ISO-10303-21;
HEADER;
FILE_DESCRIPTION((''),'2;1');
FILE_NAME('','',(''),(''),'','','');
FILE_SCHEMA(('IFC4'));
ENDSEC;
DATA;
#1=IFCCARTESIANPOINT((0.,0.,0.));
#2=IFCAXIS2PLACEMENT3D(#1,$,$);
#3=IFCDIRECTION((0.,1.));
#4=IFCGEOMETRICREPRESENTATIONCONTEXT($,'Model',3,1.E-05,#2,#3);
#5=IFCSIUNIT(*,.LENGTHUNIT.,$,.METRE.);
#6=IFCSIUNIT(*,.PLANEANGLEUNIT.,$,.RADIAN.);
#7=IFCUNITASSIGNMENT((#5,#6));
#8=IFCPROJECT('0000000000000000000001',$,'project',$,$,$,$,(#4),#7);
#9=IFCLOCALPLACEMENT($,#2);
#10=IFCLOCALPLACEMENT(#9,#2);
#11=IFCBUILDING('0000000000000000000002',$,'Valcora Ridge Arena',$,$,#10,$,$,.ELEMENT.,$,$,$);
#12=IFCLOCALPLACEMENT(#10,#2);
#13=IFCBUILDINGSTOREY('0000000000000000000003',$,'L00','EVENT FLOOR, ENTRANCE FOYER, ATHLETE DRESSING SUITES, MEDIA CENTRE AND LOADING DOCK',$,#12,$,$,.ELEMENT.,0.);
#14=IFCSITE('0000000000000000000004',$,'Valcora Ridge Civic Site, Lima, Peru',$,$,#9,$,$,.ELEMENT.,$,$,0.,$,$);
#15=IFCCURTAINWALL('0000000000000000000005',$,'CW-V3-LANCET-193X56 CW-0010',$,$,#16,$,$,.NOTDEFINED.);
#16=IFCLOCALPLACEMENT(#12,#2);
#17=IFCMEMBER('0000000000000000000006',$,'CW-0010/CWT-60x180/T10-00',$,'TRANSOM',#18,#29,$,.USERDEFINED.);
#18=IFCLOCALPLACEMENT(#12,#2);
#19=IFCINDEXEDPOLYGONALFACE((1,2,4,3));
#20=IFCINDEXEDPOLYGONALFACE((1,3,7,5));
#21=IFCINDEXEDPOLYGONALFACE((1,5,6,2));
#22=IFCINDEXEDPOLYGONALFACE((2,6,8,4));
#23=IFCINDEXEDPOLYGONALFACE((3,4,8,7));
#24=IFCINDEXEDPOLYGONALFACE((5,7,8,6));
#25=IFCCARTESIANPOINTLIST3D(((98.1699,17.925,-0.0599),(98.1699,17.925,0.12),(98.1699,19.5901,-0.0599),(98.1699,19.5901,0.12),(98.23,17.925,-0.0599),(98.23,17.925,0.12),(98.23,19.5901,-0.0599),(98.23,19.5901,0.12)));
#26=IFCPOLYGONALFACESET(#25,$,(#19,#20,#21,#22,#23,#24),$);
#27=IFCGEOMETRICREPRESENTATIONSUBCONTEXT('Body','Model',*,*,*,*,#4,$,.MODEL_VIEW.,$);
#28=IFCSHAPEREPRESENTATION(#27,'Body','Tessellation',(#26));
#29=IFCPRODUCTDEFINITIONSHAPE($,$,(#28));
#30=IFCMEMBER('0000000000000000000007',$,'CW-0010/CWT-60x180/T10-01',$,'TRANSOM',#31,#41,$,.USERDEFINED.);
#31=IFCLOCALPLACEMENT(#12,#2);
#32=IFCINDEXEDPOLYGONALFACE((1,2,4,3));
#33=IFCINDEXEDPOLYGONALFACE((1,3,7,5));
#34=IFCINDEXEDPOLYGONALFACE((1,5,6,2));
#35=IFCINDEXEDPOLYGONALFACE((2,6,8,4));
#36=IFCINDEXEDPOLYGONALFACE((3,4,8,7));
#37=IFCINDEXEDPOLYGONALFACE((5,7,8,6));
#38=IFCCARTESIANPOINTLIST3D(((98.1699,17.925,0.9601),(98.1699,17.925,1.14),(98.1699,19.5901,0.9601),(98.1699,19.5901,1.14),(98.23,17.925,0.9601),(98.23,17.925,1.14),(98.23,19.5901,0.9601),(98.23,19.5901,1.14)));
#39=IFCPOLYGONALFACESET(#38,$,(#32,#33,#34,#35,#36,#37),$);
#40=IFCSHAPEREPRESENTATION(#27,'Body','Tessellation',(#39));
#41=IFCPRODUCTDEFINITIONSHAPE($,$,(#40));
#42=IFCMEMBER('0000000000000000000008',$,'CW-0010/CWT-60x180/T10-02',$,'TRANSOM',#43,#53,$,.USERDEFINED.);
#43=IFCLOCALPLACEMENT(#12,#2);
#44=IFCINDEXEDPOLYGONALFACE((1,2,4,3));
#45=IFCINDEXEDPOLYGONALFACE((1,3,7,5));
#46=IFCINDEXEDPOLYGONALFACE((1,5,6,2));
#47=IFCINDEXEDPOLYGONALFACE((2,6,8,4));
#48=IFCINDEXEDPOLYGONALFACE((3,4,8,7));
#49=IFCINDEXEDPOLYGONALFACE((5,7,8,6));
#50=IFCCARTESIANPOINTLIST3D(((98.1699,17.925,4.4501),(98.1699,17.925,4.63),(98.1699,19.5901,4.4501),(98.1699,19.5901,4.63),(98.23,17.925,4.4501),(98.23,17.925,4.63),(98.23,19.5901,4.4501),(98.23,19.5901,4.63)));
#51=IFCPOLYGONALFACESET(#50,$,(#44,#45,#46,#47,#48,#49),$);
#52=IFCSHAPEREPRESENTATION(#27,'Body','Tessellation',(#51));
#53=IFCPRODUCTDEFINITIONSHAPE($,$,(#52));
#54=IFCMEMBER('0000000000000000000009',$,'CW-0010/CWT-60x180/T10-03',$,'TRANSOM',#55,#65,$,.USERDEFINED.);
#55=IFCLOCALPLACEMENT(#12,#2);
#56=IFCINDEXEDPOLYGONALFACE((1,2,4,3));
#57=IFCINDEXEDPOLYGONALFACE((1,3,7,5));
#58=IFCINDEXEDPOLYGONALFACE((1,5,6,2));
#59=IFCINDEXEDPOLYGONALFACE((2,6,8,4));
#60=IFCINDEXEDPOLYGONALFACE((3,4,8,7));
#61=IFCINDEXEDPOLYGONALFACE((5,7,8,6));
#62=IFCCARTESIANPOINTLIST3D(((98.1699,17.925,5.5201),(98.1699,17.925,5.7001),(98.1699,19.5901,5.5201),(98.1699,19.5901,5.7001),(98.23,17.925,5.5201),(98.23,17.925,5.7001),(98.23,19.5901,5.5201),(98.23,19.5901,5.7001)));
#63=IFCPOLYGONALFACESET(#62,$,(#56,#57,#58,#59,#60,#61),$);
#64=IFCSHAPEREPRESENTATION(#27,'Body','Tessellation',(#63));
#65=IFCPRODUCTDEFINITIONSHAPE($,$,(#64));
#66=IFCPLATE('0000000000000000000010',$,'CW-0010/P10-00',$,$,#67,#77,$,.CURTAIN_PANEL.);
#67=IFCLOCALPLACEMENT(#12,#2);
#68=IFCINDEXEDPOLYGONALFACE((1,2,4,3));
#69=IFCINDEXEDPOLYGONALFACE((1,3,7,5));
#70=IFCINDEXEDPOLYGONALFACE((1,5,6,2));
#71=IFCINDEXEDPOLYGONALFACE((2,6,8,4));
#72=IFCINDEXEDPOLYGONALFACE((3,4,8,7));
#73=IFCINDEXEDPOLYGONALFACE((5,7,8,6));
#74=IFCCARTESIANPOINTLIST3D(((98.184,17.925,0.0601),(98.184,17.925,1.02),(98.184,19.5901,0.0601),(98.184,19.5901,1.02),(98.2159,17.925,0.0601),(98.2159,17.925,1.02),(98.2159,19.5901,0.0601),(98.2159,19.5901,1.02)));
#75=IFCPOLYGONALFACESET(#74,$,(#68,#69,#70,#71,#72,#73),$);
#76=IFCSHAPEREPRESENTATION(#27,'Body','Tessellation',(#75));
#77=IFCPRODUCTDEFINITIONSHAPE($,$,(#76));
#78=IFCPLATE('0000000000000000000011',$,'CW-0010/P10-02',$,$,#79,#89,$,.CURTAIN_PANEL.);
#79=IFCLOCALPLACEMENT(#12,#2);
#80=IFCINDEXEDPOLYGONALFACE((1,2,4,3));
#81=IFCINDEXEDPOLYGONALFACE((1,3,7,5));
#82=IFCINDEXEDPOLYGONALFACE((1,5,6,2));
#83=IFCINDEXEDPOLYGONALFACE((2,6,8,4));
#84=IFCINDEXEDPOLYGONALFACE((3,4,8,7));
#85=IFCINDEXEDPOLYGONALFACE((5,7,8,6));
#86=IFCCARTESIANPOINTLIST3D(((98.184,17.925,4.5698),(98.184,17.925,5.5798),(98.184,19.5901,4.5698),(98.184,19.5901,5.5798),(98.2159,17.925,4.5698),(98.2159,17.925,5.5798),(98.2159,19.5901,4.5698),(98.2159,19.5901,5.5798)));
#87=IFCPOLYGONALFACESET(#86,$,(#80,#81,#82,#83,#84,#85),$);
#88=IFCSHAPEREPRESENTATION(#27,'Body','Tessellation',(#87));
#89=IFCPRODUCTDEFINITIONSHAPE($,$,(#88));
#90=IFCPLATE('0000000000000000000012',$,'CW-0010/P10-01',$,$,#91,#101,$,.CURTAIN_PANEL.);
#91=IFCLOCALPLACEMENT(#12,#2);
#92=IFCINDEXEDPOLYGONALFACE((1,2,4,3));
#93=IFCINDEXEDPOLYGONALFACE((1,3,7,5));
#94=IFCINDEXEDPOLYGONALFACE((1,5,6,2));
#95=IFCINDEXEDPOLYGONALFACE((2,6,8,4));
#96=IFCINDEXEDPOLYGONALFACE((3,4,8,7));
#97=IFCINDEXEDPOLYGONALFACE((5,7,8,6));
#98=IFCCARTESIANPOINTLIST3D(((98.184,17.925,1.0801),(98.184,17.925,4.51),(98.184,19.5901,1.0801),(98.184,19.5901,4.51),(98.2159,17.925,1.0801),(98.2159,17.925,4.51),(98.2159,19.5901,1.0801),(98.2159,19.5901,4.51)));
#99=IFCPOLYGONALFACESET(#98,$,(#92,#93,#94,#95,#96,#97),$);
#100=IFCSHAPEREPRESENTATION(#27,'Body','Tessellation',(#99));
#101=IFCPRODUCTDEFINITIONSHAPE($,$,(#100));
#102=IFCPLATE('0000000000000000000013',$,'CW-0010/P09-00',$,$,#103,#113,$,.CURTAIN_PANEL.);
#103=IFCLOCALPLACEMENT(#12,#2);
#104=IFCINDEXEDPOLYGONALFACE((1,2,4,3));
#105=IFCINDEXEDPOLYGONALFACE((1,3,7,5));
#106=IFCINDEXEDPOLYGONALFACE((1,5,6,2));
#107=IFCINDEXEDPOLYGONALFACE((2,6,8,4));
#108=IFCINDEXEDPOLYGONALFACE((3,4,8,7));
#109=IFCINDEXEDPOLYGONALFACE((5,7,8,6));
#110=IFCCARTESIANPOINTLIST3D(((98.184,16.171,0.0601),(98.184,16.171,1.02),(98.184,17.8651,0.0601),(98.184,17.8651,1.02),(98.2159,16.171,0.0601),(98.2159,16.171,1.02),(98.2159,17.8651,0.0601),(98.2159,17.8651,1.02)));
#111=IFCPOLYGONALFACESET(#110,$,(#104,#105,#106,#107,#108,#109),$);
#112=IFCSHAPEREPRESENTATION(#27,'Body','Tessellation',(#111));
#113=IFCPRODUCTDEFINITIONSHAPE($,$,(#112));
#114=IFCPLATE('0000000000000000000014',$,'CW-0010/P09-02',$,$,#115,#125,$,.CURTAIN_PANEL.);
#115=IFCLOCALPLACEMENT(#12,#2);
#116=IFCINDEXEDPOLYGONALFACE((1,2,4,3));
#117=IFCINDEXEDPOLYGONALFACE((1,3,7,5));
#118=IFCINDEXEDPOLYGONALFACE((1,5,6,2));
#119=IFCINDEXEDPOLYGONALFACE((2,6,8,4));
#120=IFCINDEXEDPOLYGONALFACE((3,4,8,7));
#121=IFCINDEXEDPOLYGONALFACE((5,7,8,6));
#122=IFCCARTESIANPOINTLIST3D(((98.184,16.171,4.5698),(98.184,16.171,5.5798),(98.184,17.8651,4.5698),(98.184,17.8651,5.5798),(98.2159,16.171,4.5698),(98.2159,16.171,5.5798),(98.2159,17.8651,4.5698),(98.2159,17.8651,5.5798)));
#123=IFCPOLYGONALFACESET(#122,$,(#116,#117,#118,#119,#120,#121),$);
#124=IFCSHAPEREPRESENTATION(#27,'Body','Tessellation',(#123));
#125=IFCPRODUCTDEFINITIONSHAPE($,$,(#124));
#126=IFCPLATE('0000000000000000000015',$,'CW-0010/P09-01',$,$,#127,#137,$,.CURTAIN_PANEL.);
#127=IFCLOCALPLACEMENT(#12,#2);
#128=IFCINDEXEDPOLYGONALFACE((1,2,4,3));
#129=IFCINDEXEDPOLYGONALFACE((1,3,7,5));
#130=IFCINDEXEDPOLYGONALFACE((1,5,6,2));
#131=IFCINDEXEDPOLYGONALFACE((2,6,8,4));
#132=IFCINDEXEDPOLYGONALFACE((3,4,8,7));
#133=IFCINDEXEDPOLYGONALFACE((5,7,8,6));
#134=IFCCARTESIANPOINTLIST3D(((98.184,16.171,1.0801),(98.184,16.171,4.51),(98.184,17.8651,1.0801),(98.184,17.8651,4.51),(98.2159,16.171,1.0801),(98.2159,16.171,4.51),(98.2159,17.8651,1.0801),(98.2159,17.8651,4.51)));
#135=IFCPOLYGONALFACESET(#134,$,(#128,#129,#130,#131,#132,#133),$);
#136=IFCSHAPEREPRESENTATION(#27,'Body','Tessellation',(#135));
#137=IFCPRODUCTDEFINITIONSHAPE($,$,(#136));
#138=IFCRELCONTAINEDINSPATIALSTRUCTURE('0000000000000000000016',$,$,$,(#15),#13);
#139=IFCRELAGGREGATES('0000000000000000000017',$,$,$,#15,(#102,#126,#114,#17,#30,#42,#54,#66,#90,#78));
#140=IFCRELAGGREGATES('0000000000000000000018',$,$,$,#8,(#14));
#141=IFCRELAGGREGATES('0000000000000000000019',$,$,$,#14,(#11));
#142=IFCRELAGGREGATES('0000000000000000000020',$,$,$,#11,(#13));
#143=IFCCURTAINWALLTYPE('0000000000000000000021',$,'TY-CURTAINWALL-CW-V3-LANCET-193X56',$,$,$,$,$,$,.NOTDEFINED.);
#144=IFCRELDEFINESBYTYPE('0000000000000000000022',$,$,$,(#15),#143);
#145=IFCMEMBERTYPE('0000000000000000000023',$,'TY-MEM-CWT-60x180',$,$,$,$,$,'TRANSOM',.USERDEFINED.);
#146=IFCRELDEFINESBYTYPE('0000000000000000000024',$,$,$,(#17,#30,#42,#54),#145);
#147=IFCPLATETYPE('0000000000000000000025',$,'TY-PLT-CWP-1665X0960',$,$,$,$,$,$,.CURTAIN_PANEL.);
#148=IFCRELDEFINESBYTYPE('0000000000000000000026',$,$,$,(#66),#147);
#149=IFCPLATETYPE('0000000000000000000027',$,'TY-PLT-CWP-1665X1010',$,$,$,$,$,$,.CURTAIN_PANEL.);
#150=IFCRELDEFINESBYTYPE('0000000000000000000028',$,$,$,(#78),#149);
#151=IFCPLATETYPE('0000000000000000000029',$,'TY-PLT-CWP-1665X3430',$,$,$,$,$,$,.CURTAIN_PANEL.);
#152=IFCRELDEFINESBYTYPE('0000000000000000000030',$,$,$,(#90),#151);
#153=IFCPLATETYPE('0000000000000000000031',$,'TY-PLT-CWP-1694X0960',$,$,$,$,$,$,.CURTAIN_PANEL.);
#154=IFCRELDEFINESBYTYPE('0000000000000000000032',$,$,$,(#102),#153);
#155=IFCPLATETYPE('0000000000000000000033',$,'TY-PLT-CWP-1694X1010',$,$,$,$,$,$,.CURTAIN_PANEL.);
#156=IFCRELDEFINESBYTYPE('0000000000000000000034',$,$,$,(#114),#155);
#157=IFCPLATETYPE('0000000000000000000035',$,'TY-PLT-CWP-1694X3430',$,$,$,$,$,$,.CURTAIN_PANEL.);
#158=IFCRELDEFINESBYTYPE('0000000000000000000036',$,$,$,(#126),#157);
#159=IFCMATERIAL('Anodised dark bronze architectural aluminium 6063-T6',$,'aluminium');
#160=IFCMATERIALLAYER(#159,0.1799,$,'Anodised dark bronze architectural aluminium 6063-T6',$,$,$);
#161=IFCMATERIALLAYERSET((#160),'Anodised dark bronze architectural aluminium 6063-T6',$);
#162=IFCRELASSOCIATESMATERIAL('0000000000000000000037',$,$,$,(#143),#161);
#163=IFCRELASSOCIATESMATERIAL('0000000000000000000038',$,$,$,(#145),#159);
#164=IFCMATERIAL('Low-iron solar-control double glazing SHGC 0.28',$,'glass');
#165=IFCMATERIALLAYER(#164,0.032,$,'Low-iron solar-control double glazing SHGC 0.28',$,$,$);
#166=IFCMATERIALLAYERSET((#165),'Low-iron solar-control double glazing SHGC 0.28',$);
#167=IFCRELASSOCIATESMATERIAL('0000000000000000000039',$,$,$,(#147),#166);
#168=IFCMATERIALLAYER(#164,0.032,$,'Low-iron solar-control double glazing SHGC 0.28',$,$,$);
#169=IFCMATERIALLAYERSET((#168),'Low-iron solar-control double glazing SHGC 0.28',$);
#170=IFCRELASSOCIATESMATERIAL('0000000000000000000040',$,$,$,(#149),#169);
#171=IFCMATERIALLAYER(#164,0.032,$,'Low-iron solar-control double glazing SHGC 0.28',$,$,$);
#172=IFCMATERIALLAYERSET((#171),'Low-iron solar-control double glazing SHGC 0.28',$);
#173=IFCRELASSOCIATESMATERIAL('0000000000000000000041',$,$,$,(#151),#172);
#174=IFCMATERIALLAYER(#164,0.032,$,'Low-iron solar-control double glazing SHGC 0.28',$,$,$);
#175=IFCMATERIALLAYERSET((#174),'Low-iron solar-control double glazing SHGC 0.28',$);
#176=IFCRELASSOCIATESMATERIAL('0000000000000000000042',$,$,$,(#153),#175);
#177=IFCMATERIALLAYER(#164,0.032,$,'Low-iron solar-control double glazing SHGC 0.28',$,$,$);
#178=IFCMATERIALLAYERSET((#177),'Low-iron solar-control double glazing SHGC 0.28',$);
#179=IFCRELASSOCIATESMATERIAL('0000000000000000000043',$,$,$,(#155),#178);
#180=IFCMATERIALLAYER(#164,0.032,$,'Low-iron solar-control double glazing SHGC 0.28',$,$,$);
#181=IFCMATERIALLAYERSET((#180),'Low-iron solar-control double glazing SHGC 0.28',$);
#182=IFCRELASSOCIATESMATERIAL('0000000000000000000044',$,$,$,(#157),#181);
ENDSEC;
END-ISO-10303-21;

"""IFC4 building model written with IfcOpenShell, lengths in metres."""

from ifc_helpers import new_model, si_unit, direction, frame, origin, origin_2d, place, context, subcontext, project, spatial, rectangle, extrude, material, layer, layer_set, material_profile, profile_set, type_object, element, aggregate, save


model = new_model("IFC4")

# Units and contexts
model_context = context("Model", 3, precision=1e-05, world=origin(), true_north=direction((0.0, 1.0)))
body_context = subcontext(model_context, "Body", "Model", "MODEL_VIEW")
ifc_project = project(units=[si_unit("LENGTHUNIT", "METRE"), si_unit("PLANEANGLEUNIT", "RADIAN")], contexts=[model_context])

# Site, building, storey
site_placement = place(None, origin())
site = spatial("IfcSite", under=ifc_project, at=site_placement, Name="Valcora Ridge Civic Site, Lima, Peru", CompositionType="ELEMENT", RefElevation=0.0)
building_placement = place(site_placement, origin())
building = spatial("IfcBuilding", under=site, at=building_placement, Name="Valcora Ridge Arena", CompositionType="ELEMENT")
storey_placement = place(building_placement, origin())
storey = spatial("IfcBuildingStorey", under=building, at=storey_placement, Name="L00", Description="EVENT FLOOR, ENTRANCE FOYER, ATHLETE DRESSING SUITES, MEDIA CENTRE AND LOADING DOCK", CompositionType="ELEMENT", Elevation=0.0)

# Curtain wall, members, plates
ifc_material_1 = material(Name="Anodised dark bronze architectural aluminium 6063-T6", Category="aluminium")
ifc_layer_1 = layer(ifc_material_1, 0.1799, Name="Anodised dark bronze architectural aluminium 6063-T6")
ifc_layer_set_1 = layer_set([ifc_layer_1], Name="Anodised dark bronze architectural aluminium 6063-T6")
curtain_wall_type = type_object("IfcCurtainWallType", Name="TY-CURTAINWALL-CW-V3-LANCET-193X56", PredefinedType="NOTDEFINED", material=ifc_layer_set_1)
curtain_wall_placement = place(storey_placement, origin())
curtain_wall = element("IfcCurtainWall", 1, at=curtain_wall_placement, inside=storey, type_object=curtain_wall_type, Name="CW-V3-LANCET-193X56 CW-0010", PredefinedType="NOTDEFINED")
ifc_material_profile_1 = material_profile(ifc_material_1, rectangle(XDim=0.0601, YDim=0.1799, at=origin_2d()), Name="ALU TRANSOM 60x180")
ifc_profile_set_1 = profile_set([ifc_material_profile_1], Name="Anodised dark bronze architectural aluminium 6063-T6")
member_type_1 = type_object("IfcMemberType", Name="TY-MEM-CWT-60x180", ElementType="TRANSOM", PredefinedType="USERDEFINED", material=ifc_profile_set_1)
member_1_placement = place(storey_placement, frame((98.2, 17.925, 0.03), z_axis=(0.0, 1.0, 0.0), x_axis=(-1.0, 0.0, 0.0)))
member_1 = element("IfcMember", 2, at=member_1_placement, type_object=member_type_1, Name="CW-0010/CWT-60x180/T10-00", ObjectType="TRANSOM", PredefinedType="USERDEFINED", context=body_context, shape_type="SweptSolid", body=[
    extrude(rectangle(XDim=0.0601, YDim=0.1799, at=origin_2d()), origin(), (0.0, 0.0, 1.0), 1.665),
])
member_2_placement = place(storey_placement, frame((98.2, 17.925, 1.05), z_axis=(0.0, 1.0, 0.0), x_axis=(-1.0, 0.0, 0.0)))
member_2 = element("IfcMember", 3, at=member_2_placement, type_object=member_type_1, Name="CW-0010/CWT-60x180/T10-01", ObjectType="TRANSOM", PredefinedType="USERDEFINED", context=body_context, shape_type="SweptSolid", body=[
    extrude(rectangle(XDim=0.0601, YDim=0.1799, at=origin_2d()), origin(), (0.0, 0.0, 1.0), 1.665),
])
member_3_placement = place(storey_placement, frame((98.2, 17.925, 4.54), z_axis=(0.0, 1.0, 0.0), x_axis=(-1.0, 0.0, 0.0)))
member_3 = element("IfcMember", 4, at=member_3_placement, type_object=member_type_1, Name="CW-0010/CWT-60x180/T10-02", ObjectType="TRANSOM", PredefinedType="USERDEFINED", context=body_context, shape_type="SweptSolid", body=[
    extrude(rectangle(XDim=0.0601, YDim=0.1799, at=origin_2d()), origin(), (0.0, 0.0, 1.0), 1.665),
])
member_4_placement = place(storey_placement, frame((98.2, 17.925, 5.6101), z_axis=(0.0, 1.0, 0.0), x_axis=(-1.0, 0.0, 0.0)))
member_4 = element("IfcMember", 5, at=member_4_placement, type_object=member_type_1, Name="CW-0010/CWT-60x180/T10-03", ObjectType="TRANSOM", PredefinedType="USERDEFINED", context=body_context, shape_type="SweptSolid", body=[
    extrude(rectangle(XDim=0.0601, YDim=0.1799, at=origin_2d()), origin(), (0.0, 0.0, 1.0), 1.665),
])
ifc_material_2 = material(Name="Low-iron solar-control double glazing SHGC 0.28", Category="glass")
ifc_layer_2 = layer(ifc_material_2, 0.032, Name="Low-iron solar-control double glazing SHGC 0.28")
ifc_layer_set_2 = layer_set([ifc_layer_2], Name="Low-iron solar-control double glazing SHGC 0.28")
plate_type_1 = type_object("IfcPlateType", Name="TY-PLT-CWP-1665X0960", PredefinedType="CURTAIN_PANEL", material=ifc_layer_set_2)
plate_1_placement = place(storey_placement, frame((98.2, 18.7576, 0.0601), z_axis=(0.0, 0.0, 1.0), x_axis=(0.0, 1.0, 0.0)))
plate_1 = element("IfcPlate", 6, at=plate_1_placement, type_object=plate_type_1, Name="CW-0010/P10-00", PredefinedType="CURTAIN_PANEL", context=body_context, shape_type="SweptSolid", body=[
    extrude(rectangle(XDim=1.665, YDim=0.032, at=origin_2d()), origin(), (0.0, 0.0, 1.0), 0.96),
])
ifc_layer_3 = layer(ifc_material_2, 0.032, Name="Low-iron solar-control double glazing SHGC 0.28")
ifc_layer_set_3 = layer_set([ifc_layer_3], Name="Low-iron solar-control double glazing SHGC 0.28")
plate_type_2 = type_object("IfcPlateType", Name="TY-PLT-CWP-1665X1010", PredefinedType="CURTAIN_PANEL", material=ifc_layer_set_3)
plate_2_placement = place(storey_placement, frame((98.2, 18.7576, 4.5698), z_axis=(0.0, 0.0, 1.0), x_axis=(0.0, 1.0, 0.0)))
plate_2 = element("IfcPlate", 7, at=plate_2_placement, type_object=plate_type_2, Name="CW-0010/P10-02", PredefinedType="CURTAIN_PANEL", context=body_context, shape_type="SweptSolid", body=[
    extrude(rectangle(XDim=1.665, YDim=0.032, at=origin_2d()), origin(), (0.0, 0.0, 1.0), 1.01),
])
ifc_layer_4 = layer(ifc_material_2, 0.032, Name="Low-iron solar-control double glazing SHGC 0.28")
ifc_layer_set_4 = layer_set([ifc_layer_4], Name="Low-iron solar-control double glazing SHGC 0.28")
plate_type_3 = type_object("IfcPlateType", Name="TY-PLT-CWP-1665X3430", PredefinedType="CURTAIN_PANEL", material=ifc_layer_set_4)
plate_3_placement = place(storey_placement, frame((98.2, 18.7576, 1.0801), z_axis=(0.0, 0.0, 1.0), x_axis=(0.0, 1.0, 0.0)))
plate_3 = element("IfcPlate", 8, at=plate_3_placement, type_object=plate_type_3, Name="CW-0010/P10-01", PredefinedType="CURTAIN_PANEL", context=body_context, shape_type="SweptSolid", body=[
    extrude(rectangle(XDim=1.665, YDim=0.032, at=origin_2d()), origin(), (0.0, 0.0, 1.0), 3.4299),
])
ifc_layer_5 = layer(ifc_material_2, 0.032, Name="Low-iron solar-control double glazing SHGC 0.28")
ifc_layer_set_5 = layer_set([ifc_layer_5], Name="Low-iron solar-control double glazing SHGC 0.28")
plate_type_4 = type_object("IfcPlateType", Name="TY-PLT-CWP-1694X0960", PredefinedType="CURTAIN_PANEL", material=ifc_layer_set_5)
plate_4_placement = place(storey_placement, frame((98.2, 17.0181, 0.0601), z_axis=(0.0, 0.0, 1.0), x_axis=(0.0, 1.0, 0.0)))
plate_4 = element("IfcPlate", 9, at=plate_4_placement, type_object=plate_type_4, Name="CW-0010/P09-00", PredefinedType="CURTAIN_PANEL", context=body_context, shape_type="SweptSolid", body=[
    extrude(rectangle(XDim=1.6941, YDim=0.032, at=origin_2d()), origin(), (0.0, 0.0, 1.0), 0.96),
])
ifc_layer_6 = layer(ifc_material_2, 0.032, Name="Low-iron solar-control double glazing SHGC 0.28")
ifc_layer_set_6 = layer_set([ifc_layer_6], Name="Low-iron solar-control double glazing SHGC 0.28")
plate_type_5 = type_object("IfcPlateType", Name="TY-PLT-CWP-1694X1010", PredefinedType="CURTAIN_PANEL", material=ifc_layer_set_6)
plate_5_placement = place(storey_placement, frame((98.2, 17.0181, 4.5698), z_axis=(0.0, 0.0, 1.0), x_axis=(0.0, 1.0, 0.0)))
plate_5 = element("IfcPlate", 10, at=plate_5_placement, type_object=plate_type_5, Name="CW-0010/P09-02", PredefinedType="CURTAIN_PANEL", context=body_context, shape_type="SweptSolid", body=[
    extrude(rectangle(XDim=1.6941, YDim=0.032, at=origin_2d()), origin(), (0.0, 0.0, 1.0), 1.01),
])
ifc_layer_7 = layer(ifc_material_2, 0.032, Name="Low-iron solar-control double glazing SHGC 0.28")
ifc_layer_set_7 = layer_set([ifc_layer_7], Name="Low-iron solar-control double glazing SHGC 0.28")
plate_type_6 = type_object("IfcPlateType", Name="TY-PLT-CWP-1694X3430", PredefinedType="CURTAIN_PANEL", material=ifc_layer_set_7)
plate_6_placement = place(storey_placement, frame((98.2, 17.0181, 1.0801), z_axis=(0.0, 0.0, 1.0), x_axis=(0.0, 1.0, 0.0)))
plate_6 = element("IfcPlate", 11, at=plate_6_placement, type_object=plate_type_6, Name="CW-0010/P09-01", PredefinedType="CURTAIN_PANEL", context=body_context, shape_type="SweptSolid", body=[
    extrude(rectangle(XDim=1.6941, YDim=0.032, at=origin_2d()), origin(), (0.0, 0.0, 1.0), 3.4299),
])
aggregate(curtain_wall, [plate_4, plate_6, plate_5, member_1, member_2, member_3, member_4, plate_1, plate_3, plate_2])

save(model, "model.ifc")
